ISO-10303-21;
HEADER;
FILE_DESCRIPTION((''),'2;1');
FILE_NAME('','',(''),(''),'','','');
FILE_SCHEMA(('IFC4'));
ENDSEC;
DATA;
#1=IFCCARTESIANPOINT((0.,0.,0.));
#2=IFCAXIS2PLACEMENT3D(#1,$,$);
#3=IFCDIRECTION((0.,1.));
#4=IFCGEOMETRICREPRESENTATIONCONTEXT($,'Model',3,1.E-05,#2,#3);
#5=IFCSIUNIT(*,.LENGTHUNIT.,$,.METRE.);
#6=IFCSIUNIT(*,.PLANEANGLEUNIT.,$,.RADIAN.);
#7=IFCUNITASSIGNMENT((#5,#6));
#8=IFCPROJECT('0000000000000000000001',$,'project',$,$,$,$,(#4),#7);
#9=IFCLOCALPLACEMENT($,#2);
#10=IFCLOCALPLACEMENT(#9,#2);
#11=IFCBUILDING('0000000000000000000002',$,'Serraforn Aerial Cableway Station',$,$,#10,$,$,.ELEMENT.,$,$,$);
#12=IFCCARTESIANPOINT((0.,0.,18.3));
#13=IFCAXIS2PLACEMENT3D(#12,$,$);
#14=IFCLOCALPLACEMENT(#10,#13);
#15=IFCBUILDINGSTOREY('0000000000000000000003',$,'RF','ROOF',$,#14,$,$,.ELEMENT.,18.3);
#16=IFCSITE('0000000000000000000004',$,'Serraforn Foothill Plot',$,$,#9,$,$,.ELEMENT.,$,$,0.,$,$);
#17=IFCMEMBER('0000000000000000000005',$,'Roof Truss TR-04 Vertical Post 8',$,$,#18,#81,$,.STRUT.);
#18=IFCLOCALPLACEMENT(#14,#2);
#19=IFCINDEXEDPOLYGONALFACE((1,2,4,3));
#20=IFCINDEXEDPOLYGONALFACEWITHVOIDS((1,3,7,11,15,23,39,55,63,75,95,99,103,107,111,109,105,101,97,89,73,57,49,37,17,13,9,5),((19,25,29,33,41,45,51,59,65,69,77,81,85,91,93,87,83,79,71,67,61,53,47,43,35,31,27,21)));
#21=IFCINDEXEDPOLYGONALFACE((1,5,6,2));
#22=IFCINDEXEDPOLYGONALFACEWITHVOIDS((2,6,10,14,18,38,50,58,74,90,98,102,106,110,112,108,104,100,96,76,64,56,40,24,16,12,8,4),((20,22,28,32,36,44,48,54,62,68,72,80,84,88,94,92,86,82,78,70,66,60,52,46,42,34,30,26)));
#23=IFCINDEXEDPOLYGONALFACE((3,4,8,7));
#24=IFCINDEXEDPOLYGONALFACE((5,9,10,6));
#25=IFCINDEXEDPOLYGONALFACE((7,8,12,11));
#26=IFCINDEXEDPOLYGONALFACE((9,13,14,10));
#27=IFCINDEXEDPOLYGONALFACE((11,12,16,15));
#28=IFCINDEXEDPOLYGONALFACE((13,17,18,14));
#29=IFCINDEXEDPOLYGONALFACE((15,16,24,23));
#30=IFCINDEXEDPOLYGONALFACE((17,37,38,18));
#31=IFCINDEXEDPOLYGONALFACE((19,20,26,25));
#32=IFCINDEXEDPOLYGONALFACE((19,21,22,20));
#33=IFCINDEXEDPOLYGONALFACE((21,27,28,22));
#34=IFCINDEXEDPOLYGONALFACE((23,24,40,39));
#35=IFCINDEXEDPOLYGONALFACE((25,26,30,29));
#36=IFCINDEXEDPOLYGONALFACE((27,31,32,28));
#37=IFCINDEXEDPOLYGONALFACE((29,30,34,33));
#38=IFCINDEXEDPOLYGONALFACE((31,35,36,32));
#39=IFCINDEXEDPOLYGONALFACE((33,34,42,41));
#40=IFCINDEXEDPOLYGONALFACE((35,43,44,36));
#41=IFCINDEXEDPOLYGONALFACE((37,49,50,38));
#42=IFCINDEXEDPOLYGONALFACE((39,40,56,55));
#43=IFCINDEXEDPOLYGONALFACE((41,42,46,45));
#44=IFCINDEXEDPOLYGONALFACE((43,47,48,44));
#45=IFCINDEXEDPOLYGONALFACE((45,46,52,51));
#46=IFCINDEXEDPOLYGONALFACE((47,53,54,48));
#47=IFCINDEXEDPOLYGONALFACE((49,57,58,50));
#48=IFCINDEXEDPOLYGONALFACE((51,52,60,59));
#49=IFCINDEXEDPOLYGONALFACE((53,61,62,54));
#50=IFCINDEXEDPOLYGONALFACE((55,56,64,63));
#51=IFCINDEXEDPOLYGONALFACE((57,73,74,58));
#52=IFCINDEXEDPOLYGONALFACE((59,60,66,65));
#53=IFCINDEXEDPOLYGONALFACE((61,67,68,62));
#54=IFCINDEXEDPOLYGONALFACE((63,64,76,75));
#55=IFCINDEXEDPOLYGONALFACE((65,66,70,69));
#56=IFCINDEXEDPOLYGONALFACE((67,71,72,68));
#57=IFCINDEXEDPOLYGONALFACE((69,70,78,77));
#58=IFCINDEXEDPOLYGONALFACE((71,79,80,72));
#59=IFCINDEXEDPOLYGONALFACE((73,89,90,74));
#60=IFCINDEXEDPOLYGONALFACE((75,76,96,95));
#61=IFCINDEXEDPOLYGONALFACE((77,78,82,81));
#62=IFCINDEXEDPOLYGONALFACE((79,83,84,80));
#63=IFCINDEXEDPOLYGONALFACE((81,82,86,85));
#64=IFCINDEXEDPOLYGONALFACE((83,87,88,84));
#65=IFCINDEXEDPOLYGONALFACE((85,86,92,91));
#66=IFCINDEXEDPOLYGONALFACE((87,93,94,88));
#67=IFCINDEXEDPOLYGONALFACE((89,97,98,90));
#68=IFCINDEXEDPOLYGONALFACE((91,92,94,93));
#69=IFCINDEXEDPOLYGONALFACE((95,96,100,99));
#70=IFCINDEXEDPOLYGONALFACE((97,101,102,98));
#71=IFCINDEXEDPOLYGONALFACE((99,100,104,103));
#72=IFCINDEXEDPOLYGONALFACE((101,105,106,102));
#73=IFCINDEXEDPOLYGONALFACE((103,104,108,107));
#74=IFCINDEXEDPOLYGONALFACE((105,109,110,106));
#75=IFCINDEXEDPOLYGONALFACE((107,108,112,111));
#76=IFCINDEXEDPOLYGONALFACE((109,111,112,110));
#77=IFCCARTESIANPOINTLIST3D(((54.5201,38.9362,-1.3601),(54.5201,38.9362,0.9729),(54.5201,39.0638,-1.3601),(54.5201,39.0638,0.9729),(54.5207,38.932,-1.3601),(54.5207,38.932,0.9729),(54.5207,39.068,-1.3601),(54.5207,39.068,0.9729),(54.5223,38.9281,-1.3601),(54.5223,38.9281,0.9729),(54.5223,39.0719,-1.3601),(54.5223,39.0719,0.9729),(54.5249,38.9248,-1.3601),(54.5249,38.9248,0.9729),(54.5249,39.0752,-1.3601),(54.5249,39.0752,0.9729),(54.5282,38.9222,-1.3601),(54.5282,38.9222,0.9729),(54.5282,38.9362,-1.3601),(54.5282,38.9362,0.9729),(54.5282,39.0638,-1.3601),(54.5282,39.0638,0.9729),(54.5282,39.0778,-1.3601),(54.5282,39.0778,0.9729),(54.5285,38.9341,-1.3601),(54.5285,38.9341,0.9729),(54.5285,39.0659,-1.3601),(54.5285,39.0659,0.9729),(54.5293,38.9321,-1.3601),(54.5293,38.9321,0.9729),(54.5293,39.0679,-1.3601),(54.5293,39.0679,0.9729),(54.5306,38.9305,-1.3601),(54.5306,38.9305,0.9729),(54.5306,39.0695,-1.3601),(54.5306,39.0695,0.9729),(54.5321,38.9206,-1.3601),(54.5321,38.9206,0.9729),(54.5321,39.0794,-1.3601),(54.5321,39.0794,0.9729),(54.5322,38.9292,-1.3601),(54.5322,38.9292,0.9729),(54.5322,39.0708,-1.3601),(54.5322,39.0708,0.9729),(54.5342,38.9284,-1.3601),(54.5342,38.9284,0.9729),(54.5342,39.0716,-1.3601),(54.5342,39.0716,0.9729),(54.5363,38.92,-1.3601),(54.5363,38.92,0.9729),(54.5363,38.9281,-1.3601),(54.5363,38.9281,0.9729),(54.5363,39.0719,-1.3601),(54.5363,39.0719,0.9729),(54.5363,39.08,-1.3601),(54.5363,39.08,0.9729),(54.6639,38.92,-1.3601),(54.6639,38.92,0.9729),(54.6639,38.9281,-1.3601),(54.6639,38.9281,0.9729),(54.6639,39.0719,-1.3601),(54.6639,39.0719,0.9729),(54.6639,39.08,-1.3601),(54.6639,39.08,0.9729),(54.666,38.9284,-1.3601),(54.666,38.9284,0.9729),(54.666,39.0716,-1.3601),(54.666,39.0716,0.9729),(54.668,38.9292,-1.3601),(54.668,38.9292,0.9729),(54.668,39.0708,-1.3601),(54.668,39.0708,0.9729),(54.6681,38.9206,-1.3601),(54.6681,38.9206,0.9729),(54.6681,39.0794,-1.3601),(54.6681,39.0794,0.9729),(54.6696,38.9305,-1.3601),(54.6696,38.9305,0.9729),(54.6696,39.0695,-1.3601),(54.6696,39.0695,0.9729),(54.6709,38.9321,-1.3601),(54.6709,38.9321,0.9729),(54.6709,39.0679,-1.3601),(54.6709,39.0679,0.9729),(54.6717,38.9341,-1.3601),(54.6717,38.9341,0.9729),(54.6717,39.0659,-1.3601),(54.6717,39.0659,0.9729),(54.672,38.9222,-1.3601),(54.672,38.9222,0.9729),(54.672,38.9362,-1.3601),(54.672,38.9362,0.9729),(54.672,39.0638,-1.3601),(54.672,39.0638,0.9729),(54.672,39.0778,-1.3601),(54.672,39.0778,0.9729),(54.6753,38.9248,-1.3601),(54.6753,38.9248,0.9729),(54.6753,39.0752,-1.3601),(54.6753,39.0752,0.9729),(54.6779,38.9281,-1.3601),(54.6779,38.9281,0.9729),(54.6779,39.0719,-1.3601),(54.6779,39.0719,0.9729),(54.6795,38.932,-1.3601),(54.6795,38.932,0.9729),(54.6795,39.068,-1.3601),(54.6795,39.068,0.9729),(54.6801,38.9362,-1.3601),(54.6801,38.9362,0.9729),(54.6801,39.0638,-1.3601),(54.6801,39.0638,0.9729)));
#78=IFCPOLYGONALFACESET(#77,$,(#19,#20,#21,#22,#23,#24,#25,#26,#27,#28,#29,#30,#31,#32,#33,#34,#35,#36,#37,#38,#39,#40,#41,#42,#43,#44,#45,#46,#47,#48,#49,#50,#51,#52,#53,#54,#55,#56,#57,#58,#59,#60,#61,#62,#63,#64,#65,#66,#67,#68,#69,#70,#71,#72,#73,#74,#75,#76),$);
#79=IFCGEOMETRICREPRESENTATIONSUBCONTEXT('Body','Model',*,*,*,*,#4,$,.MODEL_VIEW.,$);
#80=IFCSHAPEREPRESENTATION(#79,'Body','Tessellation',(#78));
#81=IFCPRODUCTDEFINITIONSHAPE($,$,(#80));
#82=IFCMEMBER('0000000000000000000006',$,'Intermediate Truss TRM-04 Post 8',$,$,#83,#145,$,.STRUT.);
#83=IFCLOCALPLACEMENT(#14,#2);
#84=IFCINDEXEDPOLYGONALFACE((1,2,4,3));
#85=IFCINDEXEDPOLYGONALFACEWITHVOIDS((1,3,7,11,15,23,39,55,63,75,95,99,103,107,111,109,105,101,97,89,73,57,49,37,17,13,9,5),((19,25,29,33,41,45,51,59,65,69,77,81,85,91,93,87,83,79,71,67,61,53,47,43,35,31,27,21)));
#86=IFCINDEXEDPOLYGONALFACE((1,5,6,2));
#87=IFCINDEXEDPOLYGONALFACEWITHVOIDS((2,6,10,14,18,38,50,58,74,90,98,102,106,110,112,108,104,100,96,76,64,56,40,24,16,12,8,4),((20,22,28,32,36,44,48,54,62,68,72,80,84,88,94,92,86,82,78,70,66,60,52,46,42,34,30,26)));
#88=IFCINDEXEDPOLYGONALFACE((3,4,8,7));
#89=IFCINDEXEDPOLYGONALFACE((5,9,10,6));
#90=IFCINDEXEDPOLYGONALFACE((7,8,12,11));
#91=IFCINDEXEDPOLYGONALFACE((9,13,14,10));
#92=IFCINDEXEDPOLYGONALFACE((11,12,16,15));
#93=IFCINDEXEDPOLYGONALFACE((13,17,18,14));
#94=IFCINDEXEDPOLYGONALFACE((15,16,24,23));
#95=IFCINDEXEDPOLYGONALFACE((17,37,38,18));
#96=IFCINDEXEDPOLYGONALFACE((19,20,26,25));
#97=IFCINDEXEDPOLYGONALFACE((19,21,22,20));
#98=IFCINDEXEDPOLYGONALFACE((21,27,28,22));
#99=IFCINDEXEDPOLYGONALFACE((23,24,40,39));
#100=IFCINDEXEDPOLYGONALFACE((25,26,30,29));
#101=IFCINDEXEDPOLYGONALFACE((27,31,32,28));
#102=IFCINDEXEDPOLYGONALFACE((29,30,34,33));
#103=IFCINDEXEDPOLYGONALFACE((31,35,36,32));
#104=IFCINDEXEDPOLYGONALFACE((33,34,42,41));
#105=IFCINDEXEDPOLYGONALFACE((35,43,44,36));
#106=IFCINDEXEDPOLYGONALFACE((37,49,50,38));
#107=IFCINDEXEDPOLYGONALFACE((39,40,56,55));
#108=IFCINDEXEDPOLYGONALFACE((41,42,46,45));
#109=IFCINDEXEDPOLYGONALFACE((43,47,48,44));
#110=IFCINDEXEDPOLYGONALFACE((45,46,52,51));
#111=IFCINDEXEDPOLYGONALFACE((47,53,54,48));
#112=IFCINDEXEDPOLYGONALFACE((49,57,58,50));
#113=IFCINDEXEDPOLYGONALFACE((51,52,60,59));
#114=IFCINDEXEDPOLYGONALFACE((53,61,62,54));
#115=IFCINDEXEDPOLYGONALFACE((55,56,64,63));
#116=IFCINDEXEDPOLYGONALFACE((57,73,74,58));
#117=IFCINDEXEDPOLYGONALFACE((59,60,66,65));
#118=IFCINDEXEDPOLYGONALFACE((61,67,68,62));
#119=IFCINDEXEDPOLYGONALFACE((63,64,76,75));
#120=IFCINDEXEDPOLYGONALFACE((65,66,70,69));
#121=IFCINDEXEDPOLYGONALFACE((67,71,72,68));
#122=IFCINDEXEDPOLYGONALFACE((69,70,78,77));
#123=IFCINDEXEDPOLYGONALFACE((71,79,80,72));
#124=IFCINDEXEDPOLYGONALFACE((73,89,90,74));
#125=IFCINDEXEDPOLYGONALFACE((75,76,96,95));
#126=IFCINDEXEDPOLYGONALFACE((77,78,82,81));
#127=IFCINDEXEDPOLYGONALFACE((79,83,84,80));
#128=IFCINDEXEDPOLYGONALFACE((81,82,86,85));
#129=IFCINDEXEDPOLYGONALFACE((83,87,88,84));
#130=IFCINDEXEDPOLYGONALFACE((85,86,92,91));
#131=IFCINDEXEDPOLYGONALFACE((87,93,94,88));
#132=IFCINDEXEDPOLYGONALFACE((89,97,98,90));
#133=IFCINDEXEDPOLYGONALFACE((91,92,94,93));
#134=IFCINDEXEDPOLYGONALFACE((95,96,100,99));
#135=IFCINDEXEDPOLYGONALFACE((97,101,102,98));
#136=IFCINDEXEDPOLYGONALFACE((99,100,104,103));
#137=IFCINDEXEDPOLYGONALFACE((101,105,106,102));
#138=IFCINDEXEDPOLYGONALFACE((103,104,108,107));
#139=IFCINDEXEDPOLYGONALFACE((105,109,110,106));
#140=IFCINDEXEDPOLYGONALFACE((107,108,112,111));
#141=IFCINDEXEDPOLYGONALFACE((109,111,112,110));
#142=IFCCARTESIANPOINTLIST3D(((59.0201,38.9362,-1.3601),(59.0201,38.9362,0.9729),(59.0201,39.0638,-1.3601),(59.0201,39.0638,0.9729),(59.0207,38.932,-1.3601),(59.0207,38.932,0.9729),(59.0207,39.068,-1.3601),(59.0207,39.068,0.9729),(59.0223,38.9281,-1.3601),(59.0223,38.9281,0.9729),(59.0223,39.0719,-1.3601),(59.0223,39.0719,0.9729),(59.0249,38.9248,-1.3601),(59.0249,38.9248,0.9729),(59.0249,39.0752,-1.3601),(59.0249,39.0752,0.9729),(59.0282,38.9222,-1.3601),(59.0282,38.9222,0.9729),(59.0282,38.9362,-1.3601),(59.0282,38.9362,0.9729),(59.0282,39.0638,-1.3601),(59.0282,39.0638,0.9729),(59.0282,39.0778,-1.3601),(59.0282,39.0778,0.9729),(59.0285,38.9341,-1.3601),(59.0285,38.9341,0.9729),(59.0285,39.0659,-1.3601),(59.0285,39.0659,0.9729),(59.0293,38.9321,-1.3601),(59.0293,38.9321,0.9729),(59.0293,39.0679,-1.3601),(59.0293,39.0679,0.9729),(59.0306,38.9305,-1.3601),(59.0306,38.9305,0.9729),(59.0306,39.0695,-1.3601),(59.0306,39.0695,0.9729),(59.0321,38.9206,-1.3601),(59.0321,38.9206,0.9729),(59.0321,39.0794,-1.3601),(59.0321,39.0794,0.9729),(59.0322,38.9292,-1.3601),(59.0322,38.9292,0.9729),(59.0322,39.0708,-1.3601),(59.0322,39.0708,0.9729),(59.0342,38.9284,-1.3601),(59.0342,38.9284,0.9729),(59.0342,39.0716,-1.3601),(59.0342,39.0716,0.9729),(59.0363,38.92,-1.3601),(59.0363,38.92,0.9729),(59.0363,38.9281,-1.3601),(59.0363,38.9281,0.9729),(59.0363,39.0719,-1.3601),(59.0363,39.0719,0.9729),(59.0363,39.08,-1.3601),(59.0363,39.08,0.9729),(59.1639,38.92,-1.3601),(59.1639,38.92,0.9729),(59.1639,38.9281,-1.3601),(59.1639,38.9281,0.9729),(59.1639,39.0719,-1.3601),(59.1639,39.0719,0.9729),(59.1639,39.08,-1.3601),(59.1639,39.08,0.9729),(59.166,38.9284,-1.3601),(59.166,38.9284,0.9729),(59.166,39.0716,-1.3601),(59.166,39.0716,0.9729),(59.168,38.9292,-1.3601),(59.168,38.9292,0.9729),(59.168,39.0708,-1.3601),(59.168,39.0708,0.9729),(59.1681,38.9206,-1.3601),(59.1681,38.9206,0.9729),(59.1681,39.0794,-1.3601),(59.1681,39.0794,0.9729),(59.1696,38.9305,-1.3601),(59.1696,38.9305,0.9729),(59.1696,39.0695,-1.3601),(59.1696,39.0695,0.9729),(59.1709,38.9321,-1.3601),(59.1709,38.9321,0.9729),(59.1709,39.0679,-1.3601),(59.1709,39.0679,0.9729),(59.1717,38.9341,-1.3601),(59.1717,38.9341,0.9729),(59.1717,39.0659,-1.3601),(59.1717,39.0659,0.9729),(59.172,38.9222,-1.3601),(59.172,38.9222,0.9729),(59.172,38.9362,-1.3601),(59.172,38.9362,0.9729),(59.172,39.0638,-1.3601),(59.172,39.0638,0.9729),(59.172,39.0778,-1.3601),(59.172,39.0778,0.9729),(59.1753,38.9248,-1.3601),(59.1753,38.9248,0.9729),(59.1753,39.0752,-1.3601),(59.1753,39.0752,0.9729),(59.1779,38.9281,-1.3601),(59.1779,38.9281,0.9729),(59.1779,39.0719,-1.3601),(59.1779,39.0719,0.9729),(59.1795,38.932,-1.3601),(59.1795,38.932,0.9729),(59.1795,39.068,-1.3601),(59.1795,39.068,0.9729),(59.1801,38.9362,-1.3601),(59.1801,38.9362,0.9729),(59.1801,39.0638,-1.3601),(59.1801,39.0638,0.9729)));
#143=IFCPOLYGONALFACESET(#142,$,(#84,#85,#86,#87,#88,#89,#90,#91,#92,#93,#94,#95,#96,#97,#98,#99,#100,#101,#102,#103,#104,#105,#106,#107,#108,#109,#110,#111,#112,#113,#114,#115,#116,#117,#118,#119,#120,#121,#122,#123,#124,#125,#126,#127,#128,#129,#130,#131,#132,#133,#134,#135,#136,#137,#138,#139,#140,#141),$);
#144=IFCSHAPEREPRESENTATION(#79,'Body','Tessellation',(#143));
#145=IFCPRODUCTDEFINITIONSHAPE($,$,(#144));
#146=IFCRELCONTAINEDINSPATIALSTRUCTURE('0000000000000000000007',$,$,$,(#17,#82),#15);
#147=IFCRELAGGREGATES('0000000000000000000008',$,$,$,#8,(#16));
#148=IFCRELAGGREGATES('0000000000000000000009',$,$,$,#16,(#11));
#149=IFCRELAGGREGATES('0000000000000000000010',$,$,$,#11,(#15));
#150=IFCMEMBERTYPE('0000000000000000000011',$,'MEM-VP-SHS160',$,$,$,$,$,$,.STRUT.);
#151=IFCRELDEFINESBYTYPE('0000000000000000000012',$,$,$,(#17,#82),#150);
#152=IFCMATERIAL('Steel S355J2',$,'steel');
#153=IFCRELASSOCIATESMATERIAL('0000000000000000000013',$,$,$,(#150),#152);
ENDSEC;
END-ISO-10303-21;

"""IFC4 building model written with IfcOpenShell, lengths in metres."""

from ifc_helpers import new_model, si_unit, direction, frame, origin, origin_2d, place, context, subcontext, project, spatial, hollow_rectangle, extrude, material, material_profile, profile_set, type_object, element, save


model = new_model("IFC4")

# Units and contexts
model_context = context("Model", 3, precision=1e-05, world=origin(), true_north=direction((0.0, 1.0)))
body_context = subcontext(model_context, "Body", "Model", "MODEL_VIEW")
ifc_project = project(units=[si_unit("LENGTHUNIT", "METRE"), si_unit("PLANEANGLEUNIT", "RADIAN")], contexts=[model_context])

# Site, building, storey
site_placement = place(None, origin())
site = spatial("IfcSite", under=ifc_project, at=site_placement, Name="Serraforn Foothill Plot", CompositionType="ELEMENT", RefElevation=0.0)
building_placement = place(site_placement, origin())
building = spatial("IfcBuilding", under=site, at=building_placement, Name="Serraforn Aerial Cableway Station", CompositionType="ELEMENT")
storey_placement = place(building_placement, frame((0.0, 0.0, 18.3)))
storey = spatial("IfcBuildingStorey", under=building, at=storey_placement, Name="RF", Description="ROOF", CompositionType="ELEMENT", Elevation=18.3)

# Shared definitions
ifc_material_1 = material(Name="Steel S355J2", Category="steel")

# Members
ifc_material_profile_1 = material_profile(ifc_material_1, hollow_rectangle(XDim=0.1599, YDim=0.1599, WallThickness=0.0081, InnerFilletRadius=0.0081, OuterFilletRadius=0.0161, at=origin_2d()), Name="SHS 160x160x8.0")
ifc_profile_set_1 = profile_set([ifc_material_profile_1], Name="Steel S355J2")
member_type_1 = type_object("IfcMemberType", Name="MEM-VP-SHS160", PredefinedType="STRUT", material=ifc_profile_set_1)
for number, where, z_axis, x_axis, name in (
    (1, (54.6001, 39.0, -1.3601), (0.0, 0.0, 1.0), (1.0, 0.0, 0.0), "Roof Truss TR-04 Vertical Post 8"),
    (2, (59.1001, 39.0, -1.3601), (0.0, 0.0, 1.0), (1.0, 0.0, 0.0), "Intermediate Truss TRM-04 Post 8"),
):
    element("IfcMember", number, at=place(storey_placement, frame(where, z_axis=z_axis, x_axis=x_axis)), inside=storey, type_object=member_type_1, Name=name, PredefinedType="STRUT", context=body_context, shape_type="SweptSolid", body=[
        extrude(hollow_rectangle(XDim=0.1599, YDim=0.1599, WallThickness=0.0081, InnerFilletRadius=0.0081, OuterFilletRadius=0.0161, at=origin_2d()), origin(), (0.0, 0.0, 1.0), 2.333),
    ])

save(model, "model.ifc")
